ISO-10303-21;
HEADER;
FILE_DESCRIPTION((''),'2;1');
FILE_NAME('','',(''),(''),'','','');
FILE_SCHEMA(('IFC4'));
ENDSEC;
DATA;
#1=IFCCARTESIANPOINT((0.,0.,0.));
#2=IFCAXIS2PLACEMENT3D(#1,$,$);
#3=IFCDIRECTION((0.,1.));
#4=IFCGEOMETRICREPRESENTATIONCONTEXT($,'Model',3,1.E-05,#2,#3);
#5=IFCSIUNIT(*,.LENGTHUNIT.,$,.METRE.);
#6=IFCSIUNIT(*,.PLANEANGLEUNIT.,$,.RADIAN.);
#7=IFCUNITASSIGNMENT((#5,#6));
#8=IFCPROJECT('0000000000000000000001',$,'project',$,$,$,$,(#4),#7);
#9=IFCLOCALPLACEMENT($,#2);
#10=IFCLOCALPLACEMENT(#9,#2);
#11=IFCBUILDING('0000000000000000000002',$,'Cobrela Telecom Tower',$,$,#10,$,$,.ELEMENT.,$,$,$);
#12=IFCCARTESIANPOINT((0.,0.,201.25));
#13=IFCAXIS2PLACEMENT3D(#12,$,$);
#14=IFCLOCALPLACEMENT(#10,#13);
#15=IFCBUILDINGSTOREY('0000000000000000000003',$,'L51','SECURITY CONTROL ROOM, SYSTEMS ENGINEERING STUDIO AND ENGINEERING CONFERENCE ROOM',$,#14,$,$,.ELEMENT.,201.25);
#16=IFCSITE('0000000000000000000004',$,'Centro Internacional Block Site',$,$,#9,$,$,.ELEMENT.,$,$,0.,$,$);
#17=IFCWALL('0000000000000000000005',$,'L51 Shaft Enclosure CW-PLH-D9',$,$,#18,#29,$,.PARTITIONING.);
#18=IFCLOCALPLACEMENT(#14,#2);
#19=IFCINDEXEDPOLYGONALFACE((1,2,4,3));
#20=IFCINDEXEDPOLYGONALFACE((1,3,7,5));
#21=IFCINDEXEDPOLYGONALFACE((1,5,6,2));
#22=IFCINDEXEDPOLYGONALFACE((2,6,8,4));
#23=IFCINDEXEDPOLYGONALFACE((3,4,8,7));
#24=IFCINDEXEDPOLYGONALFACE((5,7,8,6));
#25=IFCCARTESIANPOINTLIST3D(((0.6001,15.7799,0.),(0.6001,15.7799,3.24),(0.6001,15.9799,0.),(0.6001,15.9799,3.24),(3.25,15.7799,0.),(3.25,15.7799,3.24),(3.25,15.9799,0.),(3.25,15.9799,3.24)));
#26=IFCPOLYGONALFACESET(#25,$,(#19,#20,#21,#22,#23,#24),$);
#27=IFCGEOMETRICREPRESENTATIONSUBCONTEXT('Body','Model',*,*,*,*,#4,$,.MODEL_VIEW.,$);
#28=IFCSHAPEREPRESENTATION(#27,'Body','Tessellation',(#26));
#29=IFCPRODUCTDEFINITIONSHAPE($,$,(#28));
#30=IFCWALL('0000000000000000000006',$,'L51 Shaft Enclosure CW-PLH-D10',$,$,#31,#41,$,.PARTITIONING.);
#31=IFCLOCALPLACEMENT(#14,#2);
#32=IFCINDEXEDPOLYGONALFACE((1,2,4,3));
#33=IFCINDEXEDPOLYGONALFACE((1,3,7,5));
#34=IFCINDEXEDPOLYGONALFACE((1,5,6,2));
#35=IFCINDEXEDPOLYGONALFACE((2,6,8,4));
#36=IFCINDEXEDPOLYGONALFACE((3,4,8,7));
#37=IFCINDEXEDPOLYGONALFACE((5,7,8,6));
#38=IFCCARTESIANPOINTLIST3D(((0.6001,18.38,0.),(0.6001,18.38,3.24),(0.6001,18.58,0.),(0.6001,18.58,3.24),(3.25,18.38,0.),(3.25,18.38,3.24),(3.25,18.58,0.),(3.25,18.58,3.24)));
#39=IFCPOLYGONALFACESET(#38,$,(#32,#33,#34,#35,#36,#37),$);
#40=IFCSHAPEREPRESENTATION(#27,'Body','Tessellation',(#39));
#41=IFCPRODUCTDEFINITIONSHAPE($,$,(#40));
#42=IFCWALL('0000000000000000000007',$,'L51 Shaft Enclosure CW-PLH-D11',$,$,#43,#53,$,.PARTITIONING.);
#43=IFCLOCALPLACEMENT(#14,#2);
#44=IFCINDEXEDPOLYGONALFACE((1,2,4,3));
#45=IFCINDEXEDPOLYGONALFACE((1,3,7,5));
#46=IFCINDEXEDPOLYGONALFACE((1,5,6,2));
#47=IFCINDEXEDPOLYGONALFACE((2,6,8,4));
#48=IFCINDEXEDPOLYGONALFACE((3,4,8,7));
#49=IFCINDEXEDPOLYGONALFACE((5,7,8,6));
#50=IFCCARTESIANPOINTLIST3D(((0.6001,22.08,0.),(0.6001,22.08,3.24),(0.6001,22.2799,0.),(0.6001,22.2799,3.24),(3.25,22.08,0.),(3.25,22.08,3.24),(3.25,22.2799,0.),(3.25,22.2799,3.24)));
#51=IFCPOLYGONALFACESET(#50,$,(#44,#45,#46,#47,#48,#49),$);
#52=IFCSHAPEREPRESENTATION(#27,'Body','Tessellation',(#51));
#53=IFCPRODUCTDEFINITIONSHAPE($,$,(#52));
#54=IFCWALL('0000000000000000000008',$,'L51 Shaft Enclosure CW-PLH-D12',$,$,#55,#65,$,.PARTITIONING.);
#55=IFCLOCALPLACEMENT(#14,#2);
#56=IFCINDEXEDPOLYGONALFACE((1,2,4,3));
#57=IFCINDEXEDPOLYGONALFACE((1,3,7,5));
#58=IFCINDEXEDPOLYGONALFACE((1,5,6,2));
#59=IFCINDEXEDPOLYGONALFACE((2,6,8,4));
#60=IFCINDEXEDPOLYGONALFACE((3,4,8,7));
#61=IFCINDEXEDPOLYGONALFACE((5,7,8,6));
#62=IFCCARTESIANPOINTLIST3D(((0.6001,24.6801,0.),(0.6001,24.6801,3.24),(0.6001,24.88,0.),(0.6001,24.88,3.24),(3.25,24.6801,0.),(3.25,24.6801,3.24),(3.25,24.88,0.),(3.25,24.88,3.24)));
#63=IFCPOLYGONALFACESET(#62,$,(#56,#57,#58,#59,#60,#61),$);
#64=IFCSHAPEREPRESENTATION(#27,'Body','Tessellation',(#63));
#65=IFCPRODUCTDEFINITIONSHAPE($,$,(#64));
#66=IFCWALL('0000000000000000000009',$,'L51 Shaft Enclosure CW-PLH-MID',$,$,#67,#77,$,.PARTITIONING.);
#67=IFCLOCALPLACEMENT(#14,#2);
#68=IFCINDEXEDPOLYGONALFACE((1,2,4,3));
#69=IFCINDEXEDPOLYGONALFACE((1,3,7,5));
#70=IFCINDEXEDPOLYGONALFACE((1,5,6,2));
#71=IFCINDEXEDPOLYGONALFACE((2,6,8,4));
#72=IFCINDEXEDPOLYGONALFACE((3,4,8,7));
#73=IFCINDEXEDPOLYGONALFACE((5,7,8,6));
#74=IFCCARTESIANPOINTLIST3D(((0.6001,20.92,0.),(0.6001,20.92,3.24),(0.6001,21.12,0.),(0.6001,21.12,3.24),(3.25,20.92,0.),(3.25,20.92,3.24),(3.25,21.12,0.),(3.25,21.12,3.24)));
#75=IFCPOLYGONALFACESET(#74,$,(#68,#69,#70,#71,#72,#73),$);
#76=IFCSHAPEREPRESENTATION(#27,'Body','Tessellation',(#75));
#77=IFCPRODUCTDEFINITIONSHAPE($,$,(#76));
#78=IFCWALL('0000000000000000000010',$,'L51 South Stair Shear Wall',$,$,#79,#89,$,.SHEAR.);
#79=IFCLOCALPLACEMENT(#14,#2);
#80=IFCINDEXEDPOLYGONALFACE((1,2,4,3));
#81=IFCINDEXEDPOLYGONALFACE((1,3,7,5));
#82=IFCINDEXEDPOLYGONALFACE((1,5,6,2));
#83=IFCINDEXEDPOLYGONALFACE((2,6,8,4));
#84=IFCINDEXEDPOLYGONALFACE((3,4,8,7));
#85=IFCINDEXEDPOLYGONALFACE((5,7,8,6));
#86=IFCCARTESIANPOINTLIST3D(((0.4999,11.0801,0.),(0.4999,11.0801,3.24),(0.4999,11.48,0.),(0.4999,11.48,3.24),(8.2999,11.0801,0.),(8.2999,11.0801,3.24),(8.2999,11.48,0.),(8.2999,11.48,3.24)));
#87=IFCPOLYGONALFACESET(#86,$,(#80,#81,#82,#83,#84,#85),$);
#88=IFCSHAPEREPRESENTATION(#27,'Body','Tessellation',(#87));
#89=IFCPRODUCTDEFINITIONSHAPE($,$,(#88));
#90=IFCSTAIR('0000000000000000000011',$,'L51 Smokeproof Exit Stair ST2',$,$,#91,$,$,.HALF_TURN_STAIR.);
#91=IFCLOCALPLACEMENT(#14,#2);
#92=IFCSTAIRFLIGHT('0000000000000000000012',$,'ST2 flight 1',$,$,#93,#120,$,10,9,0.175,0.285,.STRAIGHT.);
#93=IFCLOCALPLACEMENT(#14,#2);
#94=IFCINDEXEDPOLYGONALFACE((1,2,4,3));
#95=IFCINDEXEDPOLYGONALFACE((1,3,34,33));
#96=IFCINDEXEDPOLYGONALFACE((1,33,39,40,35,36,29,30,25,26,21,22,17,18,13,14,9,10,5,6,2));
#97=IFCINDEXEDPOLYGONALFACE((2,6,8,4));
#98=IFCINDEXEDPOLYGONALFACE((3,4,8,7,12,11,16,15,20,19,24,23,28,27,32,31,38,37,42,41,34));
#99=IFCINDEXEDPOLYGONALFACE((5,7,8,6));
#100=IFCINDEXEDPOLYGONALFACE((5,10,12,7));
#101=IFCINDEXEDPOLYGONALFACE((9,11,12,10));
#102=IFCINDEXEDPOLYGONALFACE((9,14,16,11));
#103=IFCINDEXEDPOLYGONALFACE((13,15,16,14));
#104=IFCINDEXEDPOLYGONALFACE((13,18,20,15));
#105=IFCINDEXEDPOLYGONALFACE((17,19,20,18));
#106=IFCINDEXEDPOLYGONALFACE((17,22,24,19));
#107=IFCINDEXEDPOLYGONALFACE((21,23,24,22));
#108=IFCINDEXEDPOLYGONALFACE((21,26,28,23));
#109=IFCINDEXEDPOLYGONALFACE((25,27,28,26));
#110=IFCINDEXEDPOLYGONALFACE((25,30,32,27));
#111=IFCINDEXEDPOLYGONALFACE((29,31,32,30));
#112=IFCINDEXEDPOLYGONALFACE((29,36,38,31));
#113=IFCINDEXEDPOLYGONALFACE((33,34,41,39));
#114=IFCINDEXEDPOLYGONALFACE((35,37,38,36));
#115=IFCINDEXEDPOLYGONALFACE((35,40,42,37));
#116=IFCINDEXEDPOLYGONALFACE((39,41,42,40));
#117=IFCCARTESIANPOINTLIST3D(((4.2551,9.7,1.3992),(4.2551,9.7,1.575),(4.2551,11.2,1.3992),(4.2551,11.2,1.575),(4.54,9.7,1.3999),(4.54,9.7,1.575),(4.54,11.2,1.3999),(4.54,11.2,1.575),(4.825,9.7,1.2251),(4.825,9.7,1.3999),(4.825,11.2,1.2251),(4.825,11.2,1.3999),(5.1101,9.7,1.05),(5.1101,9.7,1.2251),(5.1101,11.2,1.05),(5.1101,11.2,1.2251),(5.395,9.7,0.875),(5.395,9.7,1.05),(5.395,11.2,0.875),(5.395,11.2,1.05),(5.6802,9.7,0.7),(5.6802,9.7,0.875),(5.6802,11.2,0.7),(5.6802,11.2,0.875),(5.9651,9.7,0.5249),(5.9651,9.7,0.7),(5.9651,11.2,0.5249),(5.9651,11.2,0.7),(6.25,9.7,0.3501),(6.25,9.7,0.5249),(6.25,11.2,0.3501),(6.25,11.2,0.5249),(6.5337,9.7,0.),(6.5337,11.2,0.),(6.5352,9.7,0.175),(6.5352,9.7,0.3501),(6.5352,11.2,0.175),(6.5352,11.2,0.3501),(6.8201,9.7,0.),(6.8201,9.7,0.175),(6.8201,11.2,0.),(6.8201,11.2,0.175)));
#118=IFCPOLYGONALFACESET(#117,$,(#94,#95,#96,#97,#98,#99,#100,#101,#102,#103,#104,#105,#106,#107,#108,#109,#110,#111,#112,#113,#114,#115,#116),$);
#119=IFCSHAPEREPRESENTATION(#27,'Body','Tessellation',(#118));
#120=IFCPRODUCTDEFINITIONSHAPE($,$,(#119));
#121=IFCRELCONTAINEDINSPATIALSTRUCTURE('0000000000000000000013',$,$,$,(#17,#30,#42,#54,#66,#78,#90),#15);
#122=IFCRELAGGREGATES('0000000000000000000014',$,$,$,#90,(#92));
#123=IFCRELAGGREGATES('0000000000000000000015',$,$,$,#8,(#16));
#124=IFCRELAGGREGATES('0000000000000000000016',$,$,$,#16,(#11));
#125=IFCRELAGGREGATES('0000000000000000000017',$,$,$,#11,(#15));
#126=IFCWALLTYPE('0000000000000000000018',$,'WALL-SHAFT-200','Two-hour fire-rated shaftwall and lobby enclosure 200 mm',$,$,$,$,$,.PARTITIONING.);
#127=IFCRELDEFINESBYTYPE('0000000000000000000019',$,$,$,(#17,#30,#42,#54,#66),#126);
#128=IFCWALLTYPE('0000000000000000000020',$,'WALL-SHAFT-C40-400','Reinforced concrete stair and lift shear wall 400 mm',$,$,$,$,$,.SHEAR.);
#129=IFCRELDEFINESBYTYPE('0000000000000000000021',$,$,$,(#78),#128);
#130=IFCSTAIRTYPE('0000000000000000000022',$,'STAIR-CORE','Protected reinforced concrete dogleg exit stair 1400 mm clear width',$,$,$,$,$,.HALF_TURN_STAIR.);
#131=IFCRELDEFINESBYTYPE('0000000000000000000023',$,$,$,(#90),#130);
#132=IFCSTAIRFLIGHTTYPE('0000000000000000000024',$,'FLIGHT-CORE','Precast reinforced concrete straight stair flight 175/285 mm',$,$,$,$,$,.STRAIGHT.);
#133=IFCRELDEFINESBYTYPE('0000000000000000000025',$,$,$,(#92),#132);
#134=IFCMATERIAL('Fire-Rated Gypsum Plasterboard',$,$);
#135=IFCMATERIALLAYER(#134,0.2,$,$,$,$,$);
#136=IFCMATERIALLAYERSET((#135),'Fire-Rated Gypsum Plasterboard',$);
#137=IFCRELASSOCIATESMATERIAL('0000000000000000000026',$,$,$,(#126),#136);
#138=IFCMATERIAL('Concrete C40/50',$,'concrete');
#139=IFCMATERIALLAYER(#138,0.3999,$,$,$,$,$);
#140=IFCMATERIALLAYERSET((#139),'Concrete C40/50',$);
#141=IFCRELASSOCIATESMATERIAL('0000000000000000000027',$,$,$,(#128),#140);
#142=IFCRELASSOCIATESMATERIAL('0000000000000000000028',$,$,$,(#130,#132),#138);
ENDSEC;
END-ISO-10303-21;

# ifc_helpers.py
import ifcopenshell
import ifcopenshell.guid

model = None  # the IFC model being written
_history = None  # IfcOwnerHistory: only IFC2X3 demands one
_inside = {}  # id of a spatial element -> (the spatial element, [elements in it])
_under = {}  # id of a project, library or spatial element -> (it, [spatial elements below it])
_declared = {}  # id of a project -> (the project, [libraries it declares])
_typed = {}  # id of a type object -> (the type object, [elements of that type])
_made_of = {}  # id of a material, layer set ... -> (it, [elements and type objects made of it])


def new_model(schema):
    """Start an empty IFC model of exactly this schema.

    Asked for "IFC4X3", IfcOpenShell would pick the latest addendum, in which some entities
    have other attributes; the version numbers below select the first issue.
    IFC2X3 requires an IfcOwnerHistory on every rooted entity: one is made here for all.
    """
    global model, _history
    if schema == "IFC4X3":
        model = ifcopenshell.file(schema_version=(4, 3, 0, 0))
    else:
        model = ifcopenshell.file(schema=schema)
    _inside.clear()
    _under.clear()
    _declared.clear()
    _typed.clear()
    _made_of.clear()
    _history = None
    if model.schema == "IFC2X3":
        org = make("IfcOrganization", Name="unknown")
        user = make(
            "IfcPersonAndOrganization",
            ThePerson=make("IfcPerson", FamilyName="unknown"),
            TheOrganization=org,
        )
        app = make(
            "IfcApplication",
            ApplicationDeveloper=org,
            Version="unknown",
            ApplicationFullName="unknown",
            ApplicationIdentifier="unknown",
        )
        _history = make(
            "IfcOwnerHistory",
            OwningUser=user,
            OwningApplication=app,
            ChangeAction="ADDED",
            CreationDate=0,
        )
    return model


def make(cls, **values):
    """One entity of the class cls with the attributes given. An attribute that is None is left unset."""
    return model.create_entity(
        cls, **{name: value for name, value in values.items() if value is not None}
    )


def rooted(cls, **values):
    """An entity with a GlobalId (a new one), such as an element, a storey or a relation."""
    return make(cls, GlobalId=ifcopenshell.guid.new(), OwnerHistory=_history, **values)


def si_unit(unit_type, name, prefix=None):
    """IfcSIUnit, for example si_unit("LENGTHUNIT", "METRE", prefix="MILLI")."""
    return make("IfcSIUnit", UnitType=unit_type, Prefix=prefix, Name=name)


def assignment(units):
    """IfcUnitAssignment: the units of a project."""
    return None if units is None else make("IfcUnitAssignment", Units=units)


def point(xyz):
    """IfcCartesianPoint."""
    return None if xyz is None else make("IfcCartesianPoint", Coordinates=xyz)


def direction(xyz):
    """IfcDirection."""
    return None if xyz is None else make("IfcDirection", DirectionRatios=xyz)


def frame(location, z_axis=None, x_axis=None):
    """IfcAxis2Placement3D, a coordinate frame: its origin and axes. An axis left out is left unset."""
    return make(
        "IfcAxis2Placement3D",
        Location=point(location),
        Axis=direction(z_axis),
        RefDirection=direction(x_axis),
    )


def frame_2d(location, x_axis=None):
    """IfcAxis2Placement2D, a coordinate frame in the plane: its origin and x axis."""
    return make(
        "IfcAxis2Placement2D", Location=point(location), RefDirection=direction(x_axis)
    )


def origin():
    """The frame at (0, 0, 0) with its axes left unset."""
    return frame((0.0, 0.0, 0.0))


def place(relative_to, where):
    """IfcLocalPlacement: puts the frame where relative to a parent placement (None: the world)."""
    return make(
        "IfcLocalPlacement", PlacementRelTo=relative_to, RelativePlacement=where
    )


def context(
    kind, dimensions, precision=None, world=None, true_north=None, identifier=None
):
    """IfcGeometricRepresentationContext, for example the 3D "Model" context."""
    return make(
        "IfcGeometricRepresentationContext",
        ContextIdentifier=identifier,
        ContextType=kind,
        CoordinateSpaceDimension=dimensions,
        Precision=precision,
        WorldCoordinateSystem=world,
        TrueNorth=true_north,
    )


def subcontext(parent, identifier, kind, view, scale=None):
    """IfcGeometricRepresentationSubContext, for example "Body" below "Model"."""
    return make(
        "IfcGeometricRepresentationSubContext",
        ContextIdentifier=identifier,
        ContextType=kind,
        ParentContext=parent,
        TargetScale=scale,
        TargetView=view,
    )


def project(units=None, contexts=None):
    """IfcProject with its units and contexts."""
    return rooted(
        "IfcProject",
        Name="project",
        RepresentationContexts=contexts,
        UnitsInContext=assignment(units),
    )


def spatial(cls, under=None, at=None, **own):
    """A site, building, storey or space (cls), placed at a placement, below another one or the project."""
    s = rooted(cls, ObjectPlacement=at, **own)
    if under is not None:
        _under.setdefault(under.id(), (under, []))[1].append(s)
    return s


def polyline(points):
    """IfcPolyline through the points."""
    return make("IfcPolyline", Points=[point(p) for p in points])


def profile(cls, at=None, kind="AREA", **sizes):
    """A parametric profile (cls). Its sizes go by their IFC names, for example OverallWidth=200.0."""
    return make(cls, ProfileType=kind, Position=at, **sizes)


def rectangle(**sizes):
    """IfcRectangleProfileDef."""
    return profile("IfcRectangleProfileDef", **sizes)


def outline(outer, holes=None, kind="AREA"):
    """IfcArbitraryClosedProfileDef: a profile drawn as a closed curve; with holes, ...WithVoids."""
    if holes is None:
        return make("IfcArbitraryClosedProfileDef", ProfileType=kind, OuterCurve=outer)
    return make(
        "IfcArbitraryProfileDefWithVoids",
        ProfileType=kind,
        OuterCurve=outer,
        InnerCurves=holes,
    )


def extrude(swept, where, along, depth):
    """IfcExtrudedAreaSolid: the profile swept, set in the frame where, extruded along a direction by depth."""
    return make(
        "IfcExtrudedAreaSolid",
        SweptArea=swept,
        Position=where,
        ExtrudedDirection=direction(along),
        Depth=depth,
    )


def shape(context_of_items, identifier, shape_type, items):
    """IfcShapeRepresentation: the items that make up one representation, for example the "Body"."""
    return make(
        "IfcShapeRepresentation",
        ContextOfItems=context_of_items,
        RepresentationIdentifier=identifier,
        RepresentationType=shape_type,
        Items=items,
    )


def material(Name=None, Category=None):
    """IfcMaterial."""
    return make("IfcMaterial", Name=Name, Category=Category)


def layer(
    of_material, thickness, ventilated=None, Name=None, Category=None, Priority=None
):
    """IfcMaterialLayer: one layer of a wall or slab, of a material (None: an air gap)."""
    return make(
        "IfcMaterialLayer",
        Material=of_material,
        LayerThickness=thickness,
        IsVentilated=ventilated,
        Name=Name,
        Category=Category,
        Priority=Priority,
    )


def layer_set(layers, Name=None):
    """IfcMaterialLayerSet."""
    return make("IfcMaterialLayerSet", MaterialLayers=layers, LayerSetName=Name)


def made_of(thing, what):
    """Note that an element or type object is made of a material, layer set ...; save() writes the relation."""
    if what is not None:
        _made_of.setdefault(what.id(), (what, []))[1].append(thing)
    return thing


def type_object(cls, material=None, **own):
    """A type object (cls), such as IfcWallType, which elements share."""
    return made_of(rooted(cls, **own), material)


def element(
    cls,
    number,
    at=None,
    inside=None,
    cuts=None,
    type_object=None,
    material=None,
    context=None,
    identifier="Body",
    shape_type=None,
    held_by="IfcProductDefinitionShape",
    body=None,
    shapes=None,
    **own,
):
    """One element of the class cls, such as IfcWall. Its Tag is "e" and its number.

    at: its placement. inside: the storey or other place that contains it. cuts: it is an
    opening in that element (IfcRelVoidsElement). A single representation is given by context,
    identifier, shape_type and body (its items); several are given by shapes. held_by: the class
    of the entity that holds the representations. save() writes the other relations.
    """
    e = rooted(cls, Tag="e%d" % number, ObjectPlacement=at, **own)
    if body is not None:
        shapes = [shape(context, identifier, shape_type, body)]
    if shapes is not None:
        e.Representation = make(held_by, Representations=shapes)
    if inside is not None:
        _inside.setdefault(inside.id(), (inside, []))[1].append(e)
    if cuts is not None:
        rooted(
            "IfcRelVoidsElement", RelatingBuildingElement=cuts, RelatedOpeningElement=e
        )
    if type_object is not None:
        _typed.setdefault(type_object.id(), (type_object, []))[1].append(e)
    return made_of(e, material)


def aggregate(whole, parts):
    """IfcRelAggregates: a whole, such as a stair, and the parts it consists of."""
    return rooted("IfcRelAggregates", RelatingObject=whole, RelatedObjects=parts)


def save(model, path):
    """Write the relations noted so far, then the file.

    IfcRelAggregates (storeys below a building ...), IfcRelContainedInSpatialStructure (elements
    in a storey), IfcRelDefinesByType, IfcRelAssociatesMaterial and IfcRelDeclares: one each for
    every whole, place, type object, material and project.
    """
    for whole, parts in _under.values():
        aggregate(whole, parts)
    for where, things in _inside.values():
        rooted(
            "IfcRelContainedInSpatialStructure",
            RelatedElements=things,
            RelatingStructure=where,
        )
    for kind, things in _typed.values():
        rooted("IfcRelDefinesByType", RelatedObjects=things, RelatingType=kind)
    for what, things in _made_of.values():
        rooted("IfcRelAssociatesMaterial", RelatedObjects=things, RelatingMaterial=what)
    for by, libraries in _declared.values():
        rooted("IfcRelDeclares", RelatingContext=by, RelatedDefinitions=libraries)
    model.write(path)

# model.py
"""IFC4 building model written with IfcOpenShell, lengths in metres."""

from ifc_helpers import new_model, si_unit, direction, frame, frame_2d, origin, place, context, subcontext, project, spatial, polyline, rectangle, outline, extrude, material, layer, layer_set, type_object, element, aggregate, save


model = new_model("IFC4")

# Units and contexts
model_context = context("Model", 3, precision=1e-05, world=origin(), true_north=direction((0.0, 1.0)))
body_context = subcontext(model_context, "Body", "Model", "MODEL_VIEW")
ifc_project = project(units=[si_unit("LENGTHUNIT", "METRE"), si_unit("PLANEANGLEUNIT", "RADIAN")], contexts=[model_context])

# Site, building, storey
site_placement = place(None, origin())
site = spatial("IfcSite", under=ifc_project, at=site_placement, Name="Centro Internacional Block Site", CompositionType="ELEMENT", RefElevation=0.0)
building_placement = place(site_placement, origin())
building = spatial("IfcBuilding", under=site, at=building_placement, Name="Cobrela Telecom Tower", CompositionType="ELEMENT")
storey_placement = place(building_placement, frame((0.0, 0.0, 201.25)))
storey = spatial("IfcBuildingStorey", under=building, at=storey_placement, Name="L51", Description="SECURITY CONTROL ROOM, SYSTEMS ENGINEERING STUDIO AND ENGINEERING CONFERENCE ROOM", CompositionType="ELEMENT", Elevation=201.25)

# Shared definitions
ifc_material_1 = material(Name="Fire-Rated Gypsum Plasterboard")

# Shared definitions
ifc_layer_1 = layer(ifc_material_1, 0.2)
ifc_layer_set_1 = layer_set([ifc_layer_1], Name="Fire-Rated Gypsum Plasterboard")
wall_type_1 = type_object("IfcWallType", Name="WALL-SHAFT-200", Description="Two-hour fire-rated shaftwall and lobby enclosure 200 mm", PredefinedType="PARTITIONING", material=ifc_layer_set_1)

# Walls
for number, where, z_axis, x_axis, name in (
    (1, (0.6001, 15.8799, 0.0), (0.0, 0.0, 1.0), (1.0, 0.0, 0.0), "L51 Shaft Enclosure CW-PLH-D9"),
    (2, (0.6001, 18.48, 0.0), (0.0, 0.0, 1.0), (1.0, 0.0, 0.0), "L51 Shaft Enclosure CW-PLH-D10"),
    (3, (0.6001, 22.1799, 0.0), (0.0, 0.0, 1.0), (1.0, 0.0, 0.0), "L51 Shaft Enclosure CW-PLH-D11"),
    (4, (0.6001, 24.78, 0.0), (0.0, 0.0, 1.0), (1.0, 0.0, 0.0), "L51 Shaft Enclosure CW-PLH-D12"),
    (5, (0.6001, 21.02, 0.0), (0.0, 0.0, 1.0), (1.0, 0.0, 0.0), "L51 Shaft Enclosure CW-PLH-MID"),
):
    element("IfcWall", number, at=place(storey_placement, frame(where, z_axis=z_axis, x_axis=x_axis)), inside=storey, type_object=wall_type_1, Name=name, PredefinedType="PARTITIONING", context=body_context, shape_type="SweptSolid", body=[
        extrude(rectangle(XDim=2.6499, YDim=0.2, at=frame_2d((1.325, 0.0))), origin(), (0.0, 0.0, 1.0), 3.24),
    ])
ifc_material_2 = material(Name="Concrete C40/50", Category="concrete")
ifc_layer_2 = layer(ifc_material_2, 0.3999)
ifc_layer_set_2 = layer_set([ifc_layer_2], Name="Concrete C40/50")
wall_type_2 = type_object("IfcWallType", Name="WALL-SHAFT-C40-400", Description="Reinforced concrete stair and lift shear wall 400 mm", PredefinedType="SHEAR", material=ifc_layer_set_2)
wall_1_placement = place(storey_placement, frame((0.5, 11.28, 0.0), z_axis=(0.0, 0.0, 1.0), x_axis=(1.0, 0.0, 0.0)))
element("IfcWall", 6, at=wall_1_placement, inside=storey, type_object=wall_type_2, Name="L51 South Stair Shear Wall", PredefinedType="SHEAR", context=body_context, shape_type="SweptSolid", body=[
    extrude(rectangle(XDim=7.8, YDim=0.3999, at=frame_2d((3.8999, 0.0))), origin(), (0.0, 0.0, 1.0), 3.24),
])

# Stair, stair flight
stair_type = type_object("IfcStairType", Name="STAIR-CORE", Description="Protected reinforced concrete dogleg exit stair 1400 mm clear width", PredefinedType="HALF_TURN_STAIR", material=ifc_material_2)
stair_placement = place(storey_placement, origin())
stair = element("IfcStair", 7, at=stair_placement, inside=storey, type_object=stair_type, Name="L51 Smokeproof Exit Stair ST2", PredefinedType="HALF_TURN_STAIR")
stair_flight_type = type_object("IfcStairFlightType", Name="FLIGHT-CORE", Description="Precast reinforced concrete straight stair flight 175/285 mm", PredefinedType="STRAIGHT", material=ifc_material_2)
stair_flight_placement = place(storey_placement, frame((6.8201, 10.45, 0.0), z_axis=(0.0, 0.0, 1.0), x_axis=(-1.0, 0.0, 0.0)))
stair_flight = element("IfcStairFlight", 8, at=stair_flight_placement, type_object=stair_flight_type, Name="ST2 flight 1", NumberOfRisers=10, NumberOfTreads=9, PredefinedType="STRAIGHT", RiserHeight=0.175, TreadLength=0.285, context=body_context, shape_type="SweptSolid", body=[
    extrude(outline(polyline([(0.0, 0.0), (0.0, 0.175), (0.2849, 0.175), (0.2849, 0.3501), (0.5701, 0.3501), (0.5701, 0.5249), (0.855, 0.5249), (0.855, 0.7), (1.1399, 0.7), (1.1399, 0.875), (1.425, 0.875), (1.425, 1.05), (1.71, 1.05), (1.71, 1.2251), (1.9951, 1.2251), (1.9951, 1.3999), (2.28, 1.3999), (2.28, 1.575), (2.5649, 1.575), (2.5649, 1.75), (2.5649, 1.3992), (0.2864, 0.0), (0.0, 0.0)])), frame((0.0, 0.75, 0.0), z_axis=(0.0, -1.0, 0.0), x_axis=(1.0, 0.0, 0.0)), (0.0, 0.0, 1.0), 1.5),
])
aggregate(stair, [stair_flight])

save(model, "model.ifc")
